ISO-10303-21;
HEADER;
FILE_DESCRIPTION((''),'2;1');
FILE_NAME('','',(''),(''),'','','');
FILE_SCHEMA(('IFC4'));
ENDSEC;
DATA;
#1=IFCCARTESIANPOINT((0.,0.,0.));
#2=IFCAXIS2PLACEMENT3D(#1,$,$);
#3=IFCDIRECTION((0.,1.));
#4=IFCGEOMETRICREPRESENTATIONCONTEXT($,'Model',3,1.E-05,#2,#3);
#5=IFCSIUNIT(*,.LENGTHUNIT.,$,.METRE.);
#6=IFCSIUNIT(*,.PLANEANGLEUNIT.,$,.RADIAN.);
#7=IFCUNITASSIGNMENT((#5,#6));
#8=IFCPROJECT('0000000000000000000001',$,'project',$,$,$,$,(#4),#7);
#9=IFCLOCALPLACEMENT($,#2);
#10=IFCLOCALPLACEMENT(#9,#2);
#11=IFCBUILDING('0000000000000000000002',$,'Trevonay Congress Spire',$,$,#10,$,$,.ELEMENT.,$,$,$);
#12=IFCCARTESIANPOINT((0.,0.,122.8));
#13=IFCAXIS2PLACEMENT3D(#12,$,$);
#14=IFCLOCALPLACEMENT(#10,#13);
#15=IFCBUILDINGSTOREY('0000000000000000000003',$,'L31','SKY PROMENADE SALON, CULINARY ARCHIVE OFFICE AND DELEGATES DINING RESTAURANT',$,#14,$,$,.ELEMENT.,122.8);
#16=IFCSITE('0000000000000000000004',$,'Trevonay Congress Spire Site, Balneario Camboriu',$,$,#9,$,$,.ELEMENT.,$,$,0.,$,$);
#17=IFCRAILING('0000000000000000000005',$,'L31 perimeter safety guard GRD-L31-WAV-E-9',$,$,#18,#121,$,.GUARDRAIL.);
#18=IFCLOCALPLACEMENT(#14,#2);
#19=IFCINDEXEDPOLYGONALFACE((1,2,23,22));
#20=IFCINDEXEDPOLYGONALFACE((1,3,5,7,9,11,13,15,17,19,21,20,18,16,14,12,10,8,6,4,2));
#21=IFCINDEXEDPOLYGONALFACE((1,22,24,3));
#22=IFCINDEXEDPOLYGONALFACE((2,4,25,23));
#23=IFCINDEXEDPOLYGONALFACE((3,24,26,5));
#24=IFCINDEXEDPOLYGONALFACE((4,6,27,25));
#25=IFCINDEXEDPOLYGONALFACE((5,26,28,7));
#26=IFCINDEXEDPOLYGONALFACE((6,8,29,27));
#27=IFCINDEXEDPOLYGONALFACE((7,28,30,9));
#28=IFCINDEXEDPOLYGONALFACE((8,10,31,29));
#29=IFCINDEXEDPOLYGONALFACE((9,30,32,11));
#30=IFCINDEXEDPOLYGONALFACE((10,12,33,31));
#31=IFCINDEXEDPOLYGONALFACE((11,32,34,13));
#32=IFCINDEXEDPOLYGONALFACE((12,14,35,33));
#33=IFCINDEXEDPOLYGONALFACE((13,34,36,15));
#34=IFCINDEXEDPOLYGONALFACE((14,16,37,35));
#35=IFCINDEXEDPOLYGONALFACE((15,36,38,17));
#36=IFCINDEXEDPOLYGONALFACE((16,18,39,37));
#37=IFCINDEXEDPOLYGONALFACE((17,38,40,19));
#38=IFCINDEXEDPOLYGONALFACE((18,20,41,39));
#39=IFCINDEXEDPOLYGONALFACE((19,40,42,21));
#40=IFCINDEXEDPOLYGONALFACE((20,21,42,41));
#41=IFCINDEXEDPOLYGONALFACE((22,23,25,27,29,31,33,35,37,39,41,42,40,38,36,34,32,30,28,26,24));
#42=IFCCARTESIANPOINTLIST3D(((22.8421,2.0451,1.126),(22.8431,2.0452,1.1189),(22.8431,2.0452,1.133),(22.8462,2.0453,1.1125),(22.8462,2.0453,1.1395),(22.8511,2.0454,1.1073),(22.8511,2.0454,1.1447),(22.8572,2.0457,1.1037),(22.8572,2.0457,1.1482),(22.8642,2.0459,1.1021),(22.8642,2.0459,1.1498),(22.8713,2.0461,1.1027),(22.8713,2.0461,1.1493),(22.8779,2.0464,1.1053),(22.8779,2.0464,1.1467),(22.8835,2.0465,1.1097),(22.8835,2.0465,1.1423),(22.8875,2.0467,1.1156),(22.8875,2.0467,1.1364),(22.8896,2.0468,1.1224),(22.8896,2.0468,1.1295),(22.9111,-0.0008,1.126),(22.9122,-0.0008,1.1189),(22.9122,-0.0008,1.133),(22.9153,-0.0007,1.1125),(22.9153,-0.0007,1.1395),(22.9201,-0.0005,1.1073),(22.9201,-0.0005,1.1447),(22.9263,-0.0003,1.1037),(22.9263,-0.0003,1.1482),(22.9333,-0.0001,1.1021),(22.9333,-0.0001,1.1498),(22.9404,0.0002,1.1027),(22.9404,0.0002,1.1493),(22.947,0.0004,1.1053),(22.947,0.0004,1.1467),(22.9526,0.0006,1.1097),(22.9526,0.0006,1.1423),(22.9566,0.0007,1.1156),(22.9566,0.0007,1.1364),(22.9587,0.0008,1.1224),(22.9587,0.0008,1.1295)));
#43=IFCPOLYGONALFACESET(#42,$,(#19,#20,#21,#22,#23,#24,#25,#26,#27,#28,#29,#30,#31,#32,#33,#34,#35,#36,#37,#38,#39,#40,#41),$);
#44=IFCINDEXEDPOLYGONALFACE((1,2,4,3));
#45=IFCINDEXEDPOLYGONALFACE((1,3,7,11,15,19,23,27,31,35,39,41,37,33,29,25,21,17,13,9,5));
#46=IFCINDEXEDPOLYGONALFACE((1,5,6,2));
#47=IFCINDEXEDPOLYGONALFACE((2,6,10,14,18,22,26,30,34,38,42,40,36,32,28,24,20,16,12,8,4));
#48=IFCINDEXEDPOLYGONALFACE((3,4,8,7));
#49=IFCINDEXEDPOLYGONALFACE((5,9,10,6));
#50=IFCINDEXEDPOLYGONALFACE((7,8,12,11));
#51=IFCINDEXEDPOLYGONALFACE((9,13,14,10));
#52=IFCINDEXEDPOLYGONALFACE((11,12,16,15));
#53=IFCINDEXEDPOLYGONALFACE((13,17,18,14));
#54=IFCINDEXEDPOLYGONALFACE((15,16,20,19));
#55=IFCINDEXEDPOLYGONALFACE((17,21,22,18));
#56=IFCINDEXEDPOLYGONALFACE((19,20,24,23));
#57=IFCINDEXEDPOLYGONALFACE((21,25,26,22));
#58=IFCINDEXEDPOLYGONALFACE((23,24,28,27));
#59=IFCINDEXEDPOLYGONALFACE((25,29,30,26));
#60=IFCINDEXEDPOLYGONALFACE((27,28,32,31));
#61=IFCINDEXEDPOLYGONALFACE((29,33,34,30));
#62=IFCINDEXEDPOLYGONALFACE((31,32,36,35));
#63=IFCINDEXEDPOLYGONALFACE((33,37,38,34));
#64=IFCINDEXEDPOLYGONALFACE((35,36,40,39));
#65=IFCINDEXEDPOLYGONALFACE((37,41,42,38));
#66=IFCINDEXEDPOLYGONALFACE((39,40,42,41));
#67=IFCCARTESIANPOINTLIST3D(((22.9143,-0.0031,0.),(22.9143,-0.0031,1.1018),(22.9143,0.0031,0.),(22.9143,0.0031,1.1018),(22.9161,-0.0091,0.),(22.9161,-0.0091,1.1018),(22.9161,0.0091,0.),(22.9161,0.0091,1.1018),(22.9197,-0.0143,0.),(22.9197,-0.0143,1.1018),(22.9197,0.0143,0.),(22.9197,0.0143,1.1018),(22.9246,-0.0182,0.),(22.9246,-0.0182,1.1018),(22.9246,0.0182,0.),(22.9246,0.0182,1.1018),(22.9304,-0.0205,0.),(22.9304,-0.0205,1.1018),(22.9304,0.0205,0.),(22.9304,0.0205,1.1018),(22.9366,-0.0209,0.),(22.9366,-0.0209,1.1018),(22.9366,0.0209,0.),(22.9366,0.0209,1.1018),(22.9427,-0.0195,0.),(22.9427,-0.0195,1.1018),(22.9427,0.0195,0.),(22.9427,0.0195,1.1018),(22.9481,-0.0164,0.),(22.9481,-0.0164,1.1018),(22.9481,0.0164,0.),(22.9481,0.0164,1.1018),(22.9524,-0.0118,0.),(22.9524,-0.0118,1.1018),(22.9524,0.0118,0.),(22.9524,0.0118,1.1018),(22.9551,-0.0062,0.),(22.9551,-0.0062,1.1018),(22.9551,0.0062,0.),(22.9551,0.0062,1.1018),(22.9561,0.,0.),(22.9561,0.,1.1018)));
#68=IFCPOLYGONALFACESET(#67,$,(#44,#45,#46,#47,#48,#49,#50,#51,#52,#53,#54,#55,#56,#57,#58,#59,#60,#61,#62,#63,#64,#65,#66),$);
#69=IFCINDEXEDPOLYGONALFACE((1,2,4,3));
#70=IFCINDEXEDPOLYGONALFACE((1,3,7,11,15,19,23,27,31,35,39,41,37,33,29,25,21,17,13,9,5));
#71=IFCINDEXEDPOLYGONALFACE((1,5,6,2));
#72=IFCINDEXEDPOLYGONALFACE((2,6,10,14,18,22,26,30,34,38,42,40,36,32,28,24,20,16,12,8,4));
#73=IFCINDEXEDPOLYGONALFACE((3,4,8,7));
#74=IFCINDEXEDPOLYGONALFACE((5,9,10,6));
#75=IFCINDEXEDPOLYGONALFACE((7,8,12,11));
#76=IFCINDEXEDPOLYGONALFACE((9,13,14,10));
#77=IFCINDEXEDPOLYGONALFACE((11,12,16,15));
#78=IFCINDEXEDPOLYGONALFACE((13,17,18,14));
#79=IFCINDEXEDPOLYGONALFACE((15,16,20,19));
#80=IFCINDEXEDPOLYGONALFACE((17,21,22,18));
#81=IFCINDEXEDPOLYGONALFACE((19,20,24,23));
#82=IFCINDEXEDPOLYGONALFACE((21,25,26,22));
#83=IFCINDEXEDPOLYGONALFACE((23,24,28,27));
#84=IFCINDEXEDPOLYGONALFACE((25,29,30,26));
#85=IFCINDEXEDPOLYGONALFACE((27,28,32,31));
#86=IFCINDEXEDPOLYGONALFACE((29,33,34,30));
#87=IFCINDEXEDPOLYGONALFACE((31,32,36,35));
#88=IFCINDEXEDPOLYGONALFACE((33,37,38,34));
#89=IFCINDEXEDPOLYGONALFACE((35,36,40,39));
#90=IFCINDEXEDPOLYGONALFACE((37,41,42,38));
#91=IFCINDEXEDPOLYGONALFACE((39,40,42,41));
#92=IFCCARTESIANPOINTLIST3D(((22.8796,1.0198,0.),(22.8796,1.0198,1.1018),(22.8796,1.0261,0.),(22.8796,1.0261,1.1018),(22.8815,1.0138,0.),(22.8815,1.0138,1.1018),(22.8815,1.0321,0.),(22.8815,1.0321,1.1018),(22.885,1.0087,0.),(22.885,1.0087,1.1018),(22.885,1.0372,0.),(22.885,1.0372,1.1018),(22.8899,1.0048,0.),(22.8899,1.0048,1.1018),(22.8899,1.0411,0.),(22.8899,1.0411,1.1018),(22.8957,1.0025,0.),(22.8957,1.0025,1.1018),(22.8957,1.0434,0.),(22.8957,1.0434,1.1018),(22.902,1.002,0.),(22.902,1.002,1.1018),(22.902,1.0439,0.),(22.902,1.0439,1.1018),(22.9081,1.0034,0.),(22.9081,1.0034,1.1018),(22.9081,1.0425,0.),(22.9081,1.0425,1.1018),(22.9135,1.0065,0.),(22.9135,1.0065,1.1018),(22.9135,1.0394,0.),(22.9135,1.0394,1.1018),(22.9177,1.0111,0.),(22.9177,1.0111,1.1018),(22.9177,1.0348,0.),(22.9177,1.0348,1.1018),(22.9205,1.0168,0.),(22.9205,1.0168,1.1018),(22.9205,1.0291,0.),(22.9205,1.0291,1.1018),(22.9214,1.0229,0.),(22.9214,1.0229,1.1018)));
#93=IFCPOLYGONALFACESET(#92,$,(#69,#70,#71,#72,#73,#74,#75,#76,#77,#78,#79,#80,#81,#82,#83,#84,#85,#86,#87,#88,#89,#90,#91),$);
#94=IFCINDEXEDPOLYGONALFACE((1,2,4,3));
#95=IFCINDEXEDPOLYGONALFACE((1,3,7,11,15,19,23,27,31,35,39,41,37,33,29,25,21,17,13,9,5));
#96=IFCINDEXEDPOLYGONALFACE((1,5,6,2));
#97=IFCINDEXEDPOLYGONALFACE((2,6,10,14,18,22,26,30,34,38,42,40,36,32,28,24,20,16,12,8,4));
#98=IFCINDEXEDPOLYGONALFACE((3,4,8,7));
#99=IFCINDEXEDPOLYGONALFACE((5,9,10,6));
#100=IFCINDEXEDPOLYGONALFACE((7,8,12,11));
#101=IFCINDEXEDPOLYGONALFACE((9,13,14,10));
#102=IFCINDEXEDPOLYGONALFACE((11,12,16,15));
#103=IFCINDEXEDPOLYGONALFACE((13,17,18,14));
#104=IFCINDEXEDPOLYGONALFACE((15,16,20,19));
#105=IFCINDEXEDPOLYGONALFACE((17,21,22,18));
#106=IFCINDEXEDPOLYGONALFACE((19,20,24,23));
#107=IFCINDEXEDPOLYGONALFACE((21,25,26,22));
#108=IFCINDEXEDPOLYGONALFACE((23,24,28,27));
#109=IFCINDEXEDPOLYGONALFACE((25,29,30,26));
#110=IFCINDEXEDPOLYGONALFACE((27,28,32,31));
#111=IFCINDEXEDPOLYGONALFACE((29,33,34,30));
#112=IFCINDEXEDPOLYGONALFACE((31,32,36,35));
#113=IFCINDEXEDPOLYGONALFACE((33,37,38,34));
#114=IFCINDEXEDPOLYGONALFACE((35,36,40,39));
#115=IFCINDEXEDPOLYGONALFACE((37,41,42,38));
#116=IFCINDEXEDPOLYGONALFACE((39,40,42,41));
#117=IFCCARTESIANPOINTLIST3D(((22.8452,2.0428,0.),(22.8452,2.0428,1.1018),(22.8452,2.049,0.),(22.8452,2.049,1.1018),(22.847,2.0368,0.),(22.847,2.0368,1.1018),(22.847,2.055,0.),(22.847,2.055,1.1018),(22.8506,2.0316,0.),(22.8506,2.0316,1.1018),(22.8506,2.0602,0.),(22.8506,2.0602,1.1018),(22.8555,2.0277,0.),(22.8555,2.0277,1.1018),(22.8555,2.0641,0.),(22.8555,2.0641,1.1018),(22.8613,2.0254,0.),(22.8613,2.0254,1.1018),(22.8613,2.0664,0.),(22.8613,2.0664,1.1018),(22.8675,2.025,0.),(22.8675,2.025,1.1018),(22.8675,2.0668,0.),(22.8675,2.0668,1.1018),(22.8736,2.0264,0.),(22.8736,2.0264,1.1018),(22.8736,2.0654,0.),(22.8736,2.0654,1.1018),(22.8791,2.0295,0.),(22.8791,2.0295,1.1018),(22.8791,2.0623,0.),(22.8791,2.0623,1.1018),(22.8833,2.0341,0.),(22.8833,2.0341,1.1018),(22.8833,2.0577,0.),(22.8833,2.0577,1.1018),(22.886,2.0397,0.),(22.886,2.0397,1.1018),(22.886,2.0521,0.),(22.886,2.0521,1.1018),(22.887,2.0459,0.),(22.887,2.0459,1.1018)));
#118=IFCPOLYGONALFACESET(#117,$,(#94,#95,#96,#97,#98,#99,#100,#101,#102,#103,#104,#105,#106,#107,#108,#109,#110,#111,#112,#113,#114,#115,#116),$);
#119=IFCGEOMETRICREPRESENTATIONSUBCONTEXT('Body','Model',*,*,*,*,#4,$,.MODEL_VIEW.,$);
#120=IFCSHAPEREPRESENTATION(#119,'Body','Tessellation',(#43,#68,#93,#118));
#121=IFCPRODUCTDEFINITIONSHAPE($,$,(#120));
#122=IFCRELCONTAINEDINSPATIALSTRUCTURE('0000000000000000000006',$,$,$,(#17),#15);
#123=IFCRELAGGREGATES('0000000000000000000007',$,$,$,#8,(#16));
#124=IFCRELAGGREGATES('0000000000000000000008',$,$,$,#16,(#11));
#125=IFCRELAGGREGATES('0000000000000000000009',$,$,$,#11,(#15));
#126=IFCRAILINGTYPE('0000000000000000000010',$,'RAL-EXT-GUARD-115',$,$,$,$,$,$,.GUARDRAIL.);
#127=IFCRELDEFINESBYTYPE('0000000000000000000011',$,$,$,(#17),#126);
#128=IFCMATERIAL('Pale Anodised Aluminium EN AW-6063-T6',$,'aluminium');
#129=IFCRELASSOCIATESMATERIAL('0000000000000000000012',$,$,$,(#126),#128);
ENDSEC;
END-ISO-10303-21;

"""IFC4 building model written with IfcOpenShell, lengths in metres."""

from ifc_helpers import new_model, si_unit, direction, frame, origin, origin_2d, place, context, subcontext, project, spatial, circle, extrude, material, type_object, element, save


model = new_model("IFC4")

# Units and contexts
model_context = context("Model", 3, precision=1e-05, world=origin(), true_north=direction((0.0, 1.0)))
body_context = subcontext(model_context, "Body", "Model", "MODEL_VIEW")
ifc_project = project(units=[si_unit("LENGTHUNIT", "METRE"), si_unit("PLANEANGLEUNIT", "RADIAN")], contexts=[model_context])

# Site, building, storey
site_placement = place(None, origin())
site = spatial("IfcSite", under=ifc_project, at=site_placement, Name="Trevonay Congress Spire Site, Balneario Camboriu", CompositionType="ELEMENT", RefElevation=0.0)
building_placement = place(site_placement, origin())
building = spatial("IfcBuilding", under=site, at=building_placement, Name="Trevonay Congress Spire", CompositionType="ELEMENT")
storey_placement = place(building_placement, frame((0.0, 0.0, 122.8)))
storey = spatial("IfcBuildingStorey", under=building, at=storey_placement, Name="L31", Description="SKY PROMENADE SALON, CULINARY ARCHIVE OFFICE AND DELEGATES DINING RESTAURANT", CompositionType="ELEMENT", Elevation=122.8)

# Shared definitions
ifc_material_1 = material(Name="Pale Anodised Aluminium EN AW-6063-T6", Category="aluminium")

# Railing
railing_type = type_object("IfcRailingType", Name="RAL-EXT-GUARD-115", PredefinedType="GUARDRAIL", material=ifc_material_1)
railing_1_placement = place(storey_placement, frame((22.9351, 0.0, 0.0)))
element("IfcRailing", 1, at=railing_1_placement, inside=storey, type_object=railing_type, Name="L31 perimeter safety guard GRD-L31-WAV-E-9", PredefinedType="GUARDRAIL", context=body_context, shape_type="SweptSolid", body=[
    extrude(circle(Radius=0.0239, at=origin_2d()), frame((0.0, 0.0, 1.126), z_axis=(-0.033752, 0.99943, 0.0), x_axis=(-0.99943, -0.033752, 0.0)), (0.0, 0.0, 1.0), 2.0471),
    extrude(circle(Radius=0.021, at=origin_2d()), origin(), (0.0, 0.0, 1.0), 1.1018),
    extrude(circle(Radius=0.021, at=origin_2d()), frame((-0.0347, 1.0229, 0.0)), (0.0, 0.0, 1.0), 1.1018),
    extrude(circle(Radius=0.021, at=origin_2d()), frame((-0.0691, 2.0459, 0.0)), (0.0, 0.0, 1.0), 1.1018),
])

save(model, "model.ifc")
